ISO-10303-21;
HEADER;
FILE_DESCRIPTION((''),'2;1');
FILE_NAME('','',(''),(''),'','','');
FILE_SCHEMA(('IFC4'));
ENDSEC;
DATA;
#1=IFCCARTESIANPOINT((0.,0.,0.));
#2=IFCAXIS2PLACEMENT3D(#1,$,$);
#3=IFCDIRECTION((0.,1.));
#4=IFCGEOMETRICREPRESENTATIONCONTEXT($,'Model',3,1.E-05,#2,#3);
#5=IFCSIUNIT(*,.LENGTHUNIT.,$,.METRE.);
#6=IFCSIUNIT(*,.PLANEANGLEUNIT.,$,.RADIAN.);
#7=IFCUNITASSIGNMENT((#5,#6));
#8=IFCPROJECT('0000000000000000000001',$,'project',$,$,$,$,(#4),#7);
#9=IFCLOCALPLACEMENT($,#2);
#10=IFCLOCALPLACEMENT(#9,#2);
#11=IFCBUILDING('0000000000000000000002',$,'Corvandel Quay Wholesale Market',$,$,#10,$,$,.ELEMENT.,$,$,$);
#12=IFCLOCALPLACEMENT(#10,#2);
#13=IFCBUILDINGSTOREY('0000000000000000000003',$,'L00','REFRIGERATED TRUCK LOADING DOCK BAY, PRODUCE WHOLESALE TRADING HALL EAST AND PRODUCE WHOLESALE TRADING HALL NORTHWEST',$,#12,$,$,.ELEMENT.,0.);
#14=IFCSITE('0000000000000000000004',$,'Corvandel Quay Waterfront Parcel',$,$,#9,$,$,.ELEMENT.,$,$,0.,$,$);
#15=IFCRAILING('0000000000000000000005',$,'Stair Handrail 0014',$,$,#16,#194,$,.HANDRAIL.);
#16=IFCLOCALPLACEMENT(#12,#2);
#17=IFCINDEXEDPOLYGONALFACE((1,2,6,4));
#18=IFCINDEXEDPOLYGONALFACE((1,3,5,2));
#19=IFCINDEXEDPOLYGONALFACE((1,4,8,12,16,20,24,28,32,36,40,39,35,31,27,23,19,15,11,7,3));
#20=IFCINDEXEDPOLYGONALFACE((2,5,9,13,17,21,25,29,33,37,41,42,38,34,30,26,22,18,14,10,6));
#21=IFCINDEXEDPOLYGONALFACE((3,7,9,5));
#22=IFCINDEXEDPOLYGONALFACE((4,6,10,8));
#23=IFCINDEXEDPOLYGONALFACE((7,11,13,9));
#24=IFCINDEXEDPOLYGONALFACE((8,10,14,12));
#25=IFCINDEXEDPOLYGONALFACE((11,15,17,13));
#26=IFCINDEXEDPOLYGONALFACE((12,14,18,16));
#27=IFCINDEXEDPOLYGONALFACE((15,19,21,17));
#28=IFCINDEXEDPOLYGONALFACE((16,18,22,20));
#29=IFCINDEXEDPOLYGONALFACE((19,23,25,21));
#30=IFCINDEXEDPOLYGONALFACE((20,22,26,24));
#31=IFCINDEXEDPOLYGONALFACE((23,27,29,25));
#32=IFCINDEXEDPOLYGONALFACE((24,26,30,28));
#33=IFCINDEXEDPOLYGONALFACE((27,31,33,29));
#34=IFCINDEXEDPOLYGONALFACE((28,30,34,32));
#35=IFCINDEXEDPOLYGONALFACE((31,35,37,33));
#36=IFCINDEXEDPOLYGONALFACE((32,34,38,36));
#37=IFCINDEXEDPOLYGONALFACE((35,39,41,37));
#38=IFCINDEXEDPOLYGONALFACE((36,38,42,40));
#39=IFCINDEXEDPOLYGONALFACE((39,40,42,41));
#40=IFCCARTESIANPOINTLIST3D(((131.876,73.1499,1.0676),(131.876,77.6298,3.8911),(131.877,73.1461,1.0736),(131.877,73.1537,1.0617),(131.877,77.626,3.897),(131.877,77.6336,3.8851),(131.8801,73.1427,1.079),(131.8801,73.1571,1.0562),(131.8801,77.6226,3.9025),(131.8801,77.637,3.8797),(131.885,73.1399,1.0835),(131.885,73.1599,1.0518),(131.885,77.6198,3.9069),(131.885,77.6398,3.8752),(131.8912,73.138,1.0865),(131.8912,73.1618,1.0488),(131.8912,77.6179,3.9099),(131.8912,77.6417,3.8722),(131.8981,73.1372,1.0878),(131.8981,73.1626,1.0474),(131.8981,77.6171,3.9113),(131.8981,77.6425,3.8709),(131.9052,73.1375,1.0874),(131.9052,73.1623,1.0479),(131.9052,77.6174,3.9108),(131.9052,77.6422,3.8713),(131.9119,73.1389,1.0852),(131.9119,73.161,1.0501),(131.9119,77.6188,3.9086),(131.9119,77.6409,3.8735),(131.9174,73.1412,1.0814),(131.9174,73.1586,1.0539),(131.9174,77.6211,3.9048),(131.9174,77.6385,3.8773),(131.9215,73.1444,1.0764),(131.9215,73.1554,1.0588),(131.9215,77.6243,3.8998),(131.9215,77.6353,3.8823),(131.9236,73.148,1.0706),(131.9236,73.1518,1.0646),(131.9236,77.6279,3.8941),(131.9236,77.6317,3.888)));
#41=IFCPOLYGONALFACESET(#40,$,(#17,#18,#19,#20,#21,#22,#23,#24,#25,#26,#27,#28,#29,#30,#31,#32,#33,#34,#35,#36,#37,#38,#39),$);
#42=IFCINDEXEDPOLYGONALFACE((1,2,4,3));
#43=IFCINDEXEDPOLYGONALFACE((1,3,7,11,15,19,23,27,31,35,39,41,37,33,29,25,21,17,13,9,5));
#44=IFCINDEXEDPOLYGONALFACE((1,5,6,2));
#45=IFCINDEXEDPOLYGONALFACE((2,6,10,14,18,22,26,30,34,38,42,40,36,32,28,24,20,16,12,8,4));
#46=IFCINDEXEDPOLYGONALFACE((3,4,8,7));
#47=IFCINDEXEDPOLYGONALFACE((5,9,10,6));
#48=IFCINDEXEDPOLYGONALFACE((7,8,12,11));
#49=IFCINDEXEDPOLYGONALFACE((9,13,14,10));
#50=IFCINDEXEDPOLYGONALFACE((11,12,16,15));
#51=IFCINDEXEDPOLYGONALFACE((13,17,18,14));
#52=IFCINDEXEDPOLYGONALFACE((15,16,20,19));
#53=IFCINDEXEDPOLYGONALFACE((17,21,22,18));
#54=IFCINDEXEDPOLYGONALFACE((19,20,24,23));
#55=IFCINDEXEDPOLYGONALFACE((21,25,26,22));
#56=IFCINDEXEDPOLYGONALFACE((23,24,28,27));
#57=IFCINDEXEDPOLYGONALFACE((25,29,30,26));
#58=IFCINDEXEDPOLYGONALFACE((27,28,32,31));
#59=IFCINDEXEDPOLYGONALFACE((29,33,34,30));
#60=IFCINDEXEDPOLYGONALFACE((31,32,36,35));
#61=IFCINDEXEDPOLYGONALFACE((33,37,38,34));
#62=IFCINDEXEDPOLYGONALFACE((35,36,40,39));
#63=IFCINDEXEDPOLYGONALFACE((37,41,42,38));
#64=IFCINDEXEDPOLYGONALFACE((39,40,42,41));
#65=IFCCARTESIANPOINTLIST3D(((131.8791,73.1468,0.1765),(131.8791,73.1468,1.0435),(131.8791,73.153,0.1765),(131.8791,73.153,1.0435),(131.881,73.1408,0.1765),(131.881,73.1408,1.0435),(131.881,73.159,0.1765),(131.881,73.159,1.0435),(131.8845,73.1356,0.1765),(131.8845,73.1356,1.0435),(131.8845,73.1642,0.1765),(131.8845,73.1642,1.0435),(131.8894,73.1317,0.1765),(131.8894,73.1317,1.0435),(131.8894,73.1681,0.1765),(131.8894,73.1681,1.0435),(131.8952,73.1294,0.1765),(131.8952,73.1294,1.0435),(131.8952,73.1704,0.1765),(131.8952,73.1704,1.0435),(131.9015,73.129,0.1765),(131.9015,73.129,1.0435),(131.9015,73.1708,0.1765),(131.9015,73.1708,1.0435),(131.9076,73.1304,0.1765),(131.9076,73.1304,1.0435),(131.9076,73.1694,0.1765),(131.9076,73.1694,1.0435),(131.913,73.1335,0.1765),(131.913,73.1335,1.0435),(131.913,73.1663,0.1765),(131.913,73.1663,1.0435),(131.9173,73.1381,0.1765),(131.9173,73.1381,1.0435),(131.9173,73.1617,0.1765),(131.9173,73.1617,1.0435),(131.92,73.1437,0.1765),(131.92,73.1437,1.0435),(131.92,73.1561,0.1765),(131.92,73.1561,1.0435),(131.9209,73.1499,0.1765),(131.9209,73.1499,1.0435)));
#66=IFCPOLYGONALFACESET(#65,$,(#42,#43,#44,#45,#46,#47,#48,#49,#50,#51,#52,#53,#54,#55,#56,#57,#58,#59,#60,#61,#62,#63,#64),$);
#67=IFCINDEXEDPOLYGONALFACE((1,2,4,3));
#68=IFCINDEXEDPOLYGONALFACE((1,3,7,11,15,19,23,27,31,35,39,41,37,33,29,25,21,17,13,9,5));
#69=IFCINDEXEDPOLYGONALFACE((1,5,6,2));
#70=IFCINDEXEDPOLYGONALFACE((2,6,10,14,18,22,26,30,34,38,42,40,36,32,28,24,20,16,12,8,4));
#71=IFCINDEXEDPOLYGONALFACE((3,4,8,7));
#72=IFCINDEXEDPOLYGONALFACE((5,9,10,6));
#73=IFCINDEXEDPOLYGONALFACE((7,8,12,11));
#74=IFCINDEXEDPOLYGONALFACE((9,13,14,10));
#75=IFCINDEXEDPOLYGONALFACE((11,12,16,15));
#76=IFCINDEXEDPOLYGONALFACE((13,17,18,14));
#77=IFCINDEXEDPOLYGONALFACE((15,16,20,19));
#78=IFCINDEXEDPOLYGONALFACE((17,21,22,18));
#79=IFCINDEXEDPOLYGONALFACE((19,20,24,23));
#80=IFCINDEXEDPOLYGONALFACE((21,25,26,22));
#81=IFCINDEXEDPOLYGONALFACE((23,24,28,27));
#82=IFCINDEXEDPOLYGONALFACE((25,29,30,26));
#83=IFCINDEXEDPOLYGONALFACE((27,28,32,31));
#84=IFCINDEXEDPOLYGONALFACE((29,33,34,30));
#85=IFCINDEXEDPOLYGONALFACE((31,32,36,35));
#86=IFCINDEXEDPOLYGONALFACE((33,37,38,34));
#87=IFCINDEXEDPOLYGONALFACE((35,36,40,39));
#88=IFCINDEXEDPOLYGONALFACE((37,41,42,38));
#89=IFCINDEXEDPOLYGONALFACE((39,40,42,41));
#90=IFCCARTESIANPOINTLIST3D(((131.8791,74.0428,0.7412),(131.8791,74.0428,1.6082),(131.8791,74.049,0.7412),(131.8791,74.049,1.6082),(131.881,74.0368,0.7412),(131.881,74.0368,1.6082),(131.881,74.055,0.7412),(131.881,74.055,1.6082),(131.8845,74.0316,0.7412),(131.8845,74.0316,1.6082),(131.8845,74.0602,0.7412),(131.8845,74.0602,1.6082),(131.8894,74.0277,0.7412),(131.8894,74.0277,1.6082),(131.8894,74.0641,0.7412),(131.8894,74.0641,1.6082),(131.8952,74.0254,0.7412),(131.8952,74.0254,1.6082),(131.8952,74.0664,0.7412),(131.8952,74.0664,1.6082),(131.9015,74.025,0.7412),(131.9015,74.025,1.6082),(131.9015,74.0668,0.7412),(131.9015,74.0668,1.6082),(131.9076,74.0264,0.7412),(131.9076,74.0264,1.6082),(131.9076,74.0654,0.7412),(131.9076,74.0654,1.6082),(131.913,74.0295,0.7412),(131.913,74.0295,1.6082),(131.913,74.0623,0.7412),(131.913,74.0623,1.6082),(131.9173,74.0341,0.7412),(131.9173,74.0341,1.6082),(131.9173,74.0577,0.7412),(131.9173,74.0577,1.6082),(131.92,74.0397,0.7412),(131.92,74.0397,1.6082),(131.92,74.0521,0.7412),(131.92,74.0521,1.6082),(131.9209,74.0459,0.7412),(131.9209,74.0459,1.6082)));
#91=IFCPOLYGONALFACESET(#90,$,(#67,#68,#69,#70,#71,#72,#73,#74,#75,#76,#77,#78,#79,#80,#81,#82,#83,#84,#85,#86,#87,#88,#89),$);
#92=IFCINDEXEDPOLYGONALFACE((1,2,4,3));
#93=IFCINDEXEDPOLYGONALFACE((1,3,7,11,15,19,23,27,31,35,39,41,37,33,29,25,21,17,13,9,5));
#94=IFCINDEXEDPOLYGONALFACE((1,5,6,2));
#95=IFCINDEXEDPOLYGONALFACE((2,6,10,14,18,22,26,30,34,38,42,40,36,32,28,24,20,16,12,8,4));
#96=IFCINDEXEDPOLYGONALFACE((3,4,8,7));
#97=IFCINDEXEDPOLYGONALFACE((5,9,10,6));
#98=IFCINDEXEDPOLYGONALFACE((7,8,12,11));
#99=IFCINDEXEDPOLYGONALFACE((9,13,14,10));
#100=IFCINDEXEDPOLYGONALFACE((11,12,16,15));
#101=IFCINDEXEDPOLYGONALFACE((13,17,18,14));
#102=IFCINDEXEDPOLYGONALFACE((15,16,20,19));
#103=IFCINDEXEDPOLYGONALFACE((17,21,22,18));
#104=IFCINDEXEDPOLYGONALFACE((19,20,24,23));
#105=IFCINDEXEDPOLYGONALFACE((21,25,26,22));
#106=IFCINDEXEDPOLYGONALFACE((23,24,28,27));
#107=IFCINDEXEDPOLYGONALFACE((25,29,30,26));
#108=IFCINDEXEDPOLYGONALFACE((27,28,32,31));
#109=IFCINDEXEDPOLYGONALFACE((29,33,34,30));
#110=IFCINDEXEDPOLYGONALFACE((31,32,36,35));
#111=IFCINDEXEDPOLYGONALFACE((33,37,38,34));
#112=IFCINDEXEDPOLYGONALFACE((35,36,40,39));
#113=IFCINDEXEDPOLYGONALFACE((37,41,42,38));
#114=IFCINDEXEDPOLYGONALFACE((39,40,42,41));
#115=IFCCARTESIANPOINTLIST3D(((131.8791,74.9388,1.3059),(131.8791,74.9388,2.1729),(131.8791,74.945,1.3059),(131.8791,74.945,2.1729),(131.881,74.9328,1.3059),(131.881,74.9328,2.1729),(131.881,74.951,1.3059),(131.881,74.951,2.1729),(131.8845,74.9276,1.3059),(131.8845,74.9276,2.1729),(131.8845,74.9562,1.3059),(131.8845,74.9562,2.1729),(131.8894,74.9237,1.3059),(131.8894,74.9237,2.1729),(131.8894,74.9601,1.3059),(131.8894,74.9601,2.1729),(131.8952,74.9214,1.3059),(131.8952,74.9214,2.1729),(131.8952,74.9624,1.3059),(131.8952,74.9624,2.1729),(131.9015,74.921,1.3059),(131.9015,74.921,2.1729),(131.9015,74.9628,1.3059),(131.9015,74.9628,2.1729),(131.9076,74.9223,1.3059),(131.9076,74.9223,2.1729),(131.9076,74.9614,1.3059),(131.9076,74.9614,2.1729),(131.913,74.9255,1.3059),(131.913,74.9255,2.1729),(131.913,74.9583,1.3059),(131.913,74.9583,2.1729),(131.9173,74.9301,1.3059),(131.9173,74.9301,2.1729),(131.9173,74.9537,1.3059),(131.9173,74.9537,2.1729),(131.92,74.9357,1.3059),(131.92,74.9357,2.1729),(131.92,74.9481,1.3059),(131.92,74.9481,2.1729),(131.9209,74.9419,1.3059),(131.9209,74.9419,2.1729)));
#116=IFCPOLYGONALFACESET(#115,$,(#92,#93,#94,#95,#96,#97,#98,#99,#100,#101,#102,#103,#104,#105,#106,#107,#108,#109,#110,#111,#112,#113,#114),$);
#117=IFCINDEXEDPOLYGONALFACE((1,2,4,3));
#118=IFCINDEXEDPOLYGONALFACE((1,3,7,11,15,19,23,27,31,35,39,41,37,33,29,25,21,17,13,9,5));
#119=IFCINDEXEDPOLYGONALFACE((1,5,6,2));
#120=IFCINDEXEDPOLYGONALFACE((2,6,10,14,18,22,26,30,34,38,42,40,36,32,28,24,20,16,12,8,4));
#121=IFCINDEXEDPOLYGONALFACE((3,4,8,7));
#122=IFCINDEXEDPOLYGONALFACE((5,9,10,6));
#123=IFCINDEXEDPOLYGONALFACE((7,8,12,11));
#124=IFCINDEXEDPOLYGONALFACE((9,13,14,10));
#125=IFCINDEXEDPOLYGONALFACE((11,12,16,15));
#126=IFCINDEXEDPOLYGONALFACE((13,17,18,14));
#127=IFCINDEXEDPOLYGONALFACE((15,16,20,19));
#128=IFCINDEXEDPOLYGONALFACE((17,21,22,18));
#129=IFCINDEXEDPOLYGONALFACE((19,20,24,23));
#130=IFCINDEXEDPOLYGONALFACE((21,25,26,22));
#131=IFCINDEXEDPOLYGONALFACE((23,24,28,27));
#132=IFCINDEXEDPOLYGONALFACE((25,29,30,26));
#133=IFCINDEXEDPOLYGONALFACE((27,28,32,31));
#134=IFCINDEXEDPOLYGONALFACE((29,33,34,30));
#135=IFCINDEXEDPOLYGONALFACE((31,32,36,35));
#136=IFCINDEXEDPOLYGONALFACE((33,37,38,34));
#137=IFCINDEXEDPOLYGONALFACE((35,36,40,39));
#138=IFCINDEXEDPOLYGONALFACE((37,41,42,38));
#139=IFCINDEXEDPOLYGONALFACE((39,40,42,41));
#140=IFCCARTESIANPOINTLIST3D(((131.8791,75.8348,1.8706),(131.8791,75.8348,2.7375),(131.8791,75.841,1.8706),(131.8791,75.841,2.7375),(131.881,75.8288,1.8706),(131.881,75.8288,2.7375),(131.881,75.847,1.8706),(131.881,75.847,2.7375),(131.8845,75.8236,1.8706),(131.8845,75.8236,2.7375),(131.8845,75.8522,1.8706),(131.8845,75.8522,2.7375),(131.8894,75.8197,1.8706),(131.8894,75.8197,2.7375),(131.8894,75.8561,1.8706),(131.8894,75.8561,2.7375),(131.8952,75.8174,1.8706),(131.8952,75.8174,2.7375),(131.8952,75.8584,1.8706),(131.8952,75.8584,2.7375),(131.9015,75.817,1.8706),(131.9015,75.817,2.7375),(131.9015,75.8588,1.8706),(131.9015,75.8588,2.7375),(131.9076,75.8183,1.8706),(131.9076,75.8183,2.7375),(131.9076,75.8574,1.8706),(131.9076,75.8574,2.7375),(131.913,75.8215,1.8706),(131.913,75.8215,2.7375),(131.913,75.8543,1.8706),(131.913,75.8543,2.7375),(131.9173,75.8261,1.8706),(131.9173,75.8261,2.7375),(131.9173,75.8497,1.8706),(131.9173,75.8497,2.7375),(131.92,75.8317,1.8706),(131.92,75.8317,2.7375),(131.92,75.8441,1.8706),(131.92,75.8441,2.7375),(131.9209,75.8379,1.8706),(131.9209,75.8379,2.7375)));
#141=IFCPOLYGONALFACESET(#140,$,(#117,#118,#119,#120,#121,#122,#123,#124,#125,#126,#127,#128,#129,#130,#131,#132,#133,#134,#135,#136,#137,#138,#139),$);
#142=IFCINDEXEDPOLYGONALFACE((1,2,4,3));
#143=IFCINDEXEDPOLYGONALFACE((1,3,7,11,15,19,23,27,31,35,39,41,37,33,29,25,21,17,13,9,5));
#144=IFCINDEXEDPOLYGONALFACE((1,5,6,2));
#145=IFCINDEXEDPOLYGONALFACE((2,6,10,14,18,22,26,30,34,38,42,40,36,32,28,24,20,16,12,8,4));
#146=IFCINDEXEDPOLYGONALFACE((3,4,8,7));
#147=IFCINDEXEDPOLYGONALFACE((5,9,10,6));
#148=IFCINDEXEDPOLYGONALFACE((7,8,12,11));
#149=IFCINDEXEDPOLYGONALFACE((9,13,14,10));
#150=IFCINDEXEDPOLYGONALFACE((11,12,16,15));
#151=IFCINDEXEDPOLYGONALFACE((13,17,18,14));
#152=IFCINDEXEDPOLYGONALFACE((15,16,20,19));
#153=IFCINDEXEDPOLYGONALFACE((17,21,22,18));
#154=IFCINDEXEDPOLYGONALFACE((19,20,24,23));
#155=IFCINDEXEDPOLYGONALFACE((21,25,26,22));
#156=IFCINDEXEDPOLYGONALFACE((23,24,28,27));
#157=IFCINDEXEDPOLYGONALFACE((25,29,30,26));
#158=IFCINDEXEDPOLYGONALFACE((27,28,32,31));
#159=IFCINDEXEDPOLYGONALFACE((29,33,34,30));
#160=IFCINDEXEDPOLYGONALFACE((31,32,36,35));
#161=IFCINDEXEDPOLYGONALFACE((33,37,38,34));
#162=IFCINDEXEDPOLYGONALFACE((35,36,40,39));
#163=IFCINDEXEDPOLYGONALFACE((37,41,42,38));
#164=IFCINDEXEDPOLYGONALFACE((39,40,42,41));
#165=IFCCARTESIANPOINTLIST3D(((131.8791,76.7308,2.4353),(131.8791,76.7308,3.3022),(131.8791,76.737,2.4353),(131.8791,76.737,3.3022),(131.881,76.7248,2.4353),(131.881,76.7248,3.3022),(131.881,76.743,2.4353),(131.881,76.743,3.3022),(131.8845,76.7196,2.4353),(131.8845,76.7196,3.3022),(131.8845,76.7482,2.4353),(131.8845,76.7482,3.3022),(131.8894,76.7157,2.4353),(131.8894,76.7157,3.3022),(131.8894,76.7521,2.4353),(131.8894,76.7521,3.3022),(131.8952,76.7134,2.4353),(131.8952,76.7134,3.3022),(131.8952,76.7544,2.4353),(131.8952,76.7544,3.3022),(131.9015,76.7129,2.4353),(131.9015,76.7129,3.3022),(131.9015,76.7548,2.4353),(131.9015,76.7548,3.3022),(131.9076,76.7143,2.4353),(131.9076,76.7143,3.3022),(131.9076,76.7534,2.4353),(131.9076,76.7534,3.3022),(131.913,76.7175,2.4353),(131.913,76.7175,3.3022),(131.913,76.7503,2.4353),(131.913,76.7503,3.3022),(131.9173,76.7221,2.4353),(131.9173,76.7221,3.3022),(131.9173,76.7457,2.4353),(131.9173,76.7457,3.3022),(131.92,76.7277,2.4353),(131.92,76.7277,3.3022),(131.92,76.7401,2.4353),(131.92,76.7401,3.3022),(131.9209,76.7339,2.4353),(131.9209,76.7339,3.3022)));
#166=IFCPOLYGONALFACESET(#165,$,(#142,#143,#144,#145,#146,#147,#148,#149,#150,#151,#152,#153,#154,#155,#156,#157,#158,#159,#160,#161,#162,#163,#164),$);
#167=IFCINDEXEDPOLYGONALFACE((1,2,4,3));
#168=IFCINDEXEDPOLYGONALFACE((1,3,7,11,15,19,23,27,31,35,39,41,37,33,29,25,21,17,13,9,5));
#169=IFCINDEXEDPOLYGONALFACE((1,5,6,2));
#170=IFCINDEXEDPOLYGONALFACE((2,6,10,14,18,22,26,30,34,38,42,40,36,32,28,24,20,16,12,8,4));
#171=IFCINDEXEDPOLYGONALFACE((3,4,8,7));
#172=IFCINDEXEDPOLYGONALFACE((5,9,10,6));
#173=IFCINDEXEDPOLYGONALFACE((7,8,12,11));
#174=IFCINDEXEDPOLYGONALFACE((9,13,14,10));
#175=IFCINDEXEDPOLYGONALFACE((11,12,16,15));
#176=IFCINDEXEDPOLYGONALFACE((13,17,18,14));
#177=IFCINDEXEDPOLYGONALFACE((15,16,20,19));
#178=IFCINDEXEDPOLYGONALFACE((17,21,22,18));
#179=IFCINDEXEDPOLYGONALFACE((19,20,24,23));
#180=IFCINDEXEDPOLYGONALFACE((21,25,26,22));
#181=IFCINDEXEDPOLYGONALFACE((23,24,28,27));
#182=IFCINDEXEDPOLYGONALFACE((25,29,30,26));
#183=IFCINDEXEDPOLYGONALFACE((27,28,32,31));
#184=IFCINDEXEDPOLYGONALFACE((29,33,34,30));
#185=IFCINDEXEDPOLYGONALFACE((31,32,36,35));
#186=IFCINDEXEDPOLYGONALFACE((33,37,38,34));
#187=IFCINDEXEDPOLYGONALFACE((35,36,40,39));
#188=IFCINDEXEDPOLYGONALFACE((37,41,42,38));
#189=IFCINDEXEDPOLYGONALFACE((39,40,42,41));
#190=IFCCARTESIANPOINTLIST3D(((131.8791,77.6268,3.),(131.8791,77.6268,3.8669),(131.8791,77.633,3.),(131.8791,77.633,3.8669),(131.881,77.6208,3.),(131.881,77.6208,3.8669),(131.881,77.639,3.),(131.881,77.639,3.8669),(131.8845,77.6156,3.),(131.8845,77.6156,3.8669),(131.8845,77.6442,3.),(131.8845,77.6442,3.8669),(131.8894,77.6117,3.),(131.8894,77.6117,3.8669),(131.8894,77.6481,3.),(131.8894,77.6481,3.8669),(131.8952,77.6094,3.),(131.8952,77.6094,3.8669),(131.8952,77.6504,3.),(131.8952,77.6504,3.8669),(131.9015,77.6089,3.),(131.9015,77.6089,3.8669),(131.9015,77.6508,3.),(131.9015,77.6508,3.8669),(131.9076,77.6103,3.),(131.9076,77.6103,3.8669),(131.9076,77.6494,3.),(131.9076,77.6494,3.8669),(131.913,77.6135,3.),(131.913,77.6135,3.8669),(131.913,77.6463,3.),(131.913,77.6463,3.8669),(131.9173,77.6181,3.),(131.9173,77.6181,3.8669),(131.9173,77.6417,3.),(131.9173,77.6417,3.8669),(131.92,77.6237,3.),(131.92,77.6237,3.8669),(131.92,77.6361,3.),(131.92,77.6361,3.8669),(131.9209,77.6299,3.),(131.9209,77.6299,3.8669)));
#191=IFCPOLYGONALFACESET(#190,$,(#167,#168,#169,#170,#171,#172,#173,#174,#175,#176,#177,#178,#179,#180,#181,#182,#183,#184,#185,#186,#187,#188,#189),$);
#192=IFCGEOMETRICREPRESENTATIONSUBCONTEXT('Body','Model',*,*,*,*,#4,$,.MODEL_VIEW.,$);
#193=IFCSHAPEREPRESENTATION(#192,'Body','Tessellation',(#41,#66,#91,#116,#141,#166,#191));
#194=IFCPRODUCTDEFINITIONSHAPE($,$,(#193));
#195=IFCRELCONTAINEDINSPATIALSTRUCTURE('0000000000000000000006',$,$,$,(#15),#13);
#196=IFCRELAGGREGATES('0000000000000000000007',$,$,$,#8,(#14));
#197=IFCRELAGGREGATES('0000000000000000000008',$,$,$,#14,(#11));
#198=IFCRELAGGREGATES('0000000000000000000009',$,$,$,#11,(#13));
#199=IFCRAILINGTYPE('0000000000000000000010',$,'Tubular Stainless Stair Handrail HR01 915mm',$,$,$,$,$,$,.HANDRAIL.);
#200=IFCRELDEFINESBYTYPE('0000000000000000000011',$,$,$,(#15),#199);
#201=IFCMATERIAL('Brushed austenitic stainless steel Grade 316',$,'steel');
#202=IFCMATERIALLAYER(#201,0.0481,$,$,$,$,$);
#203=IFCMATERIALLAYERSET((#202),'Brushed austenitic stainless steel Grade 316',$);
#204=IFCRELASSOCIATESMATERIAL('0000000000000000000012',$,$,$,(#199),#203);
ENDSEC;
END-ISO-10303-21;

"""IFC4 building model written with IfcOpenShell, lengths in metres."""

from ifc_helpers import new_model, si_unit, direction, frame, origin, origin_2d, place, context, subcontext, project, spatial, circle, extrude, material, layer, layer_set, type_object, element, save


model = new_model("IFC4")

# Units and contexts
model_context = context("Model", 3, precision=1e-05, world=origin(), true_north=direction((0.0, 1.0)))
body_context = subcontext(model_context, "Body", "Model", "MODEL_VIEW")
ifc_project = project(units=[si_unit("LENGTHUNIT", "METRE"), si_unit("PLANEANGLEUNIT", "RADIAN")], contexts=[model_context])

# Site, building, storey
site_placement = place(None, origin())
site = spatial("IfcSite", under=ifc_project, at=site_placement, Name="Corvandel Quay Waterfront Parcel", CompositionType="ELEMENT", RefElevation=0.0)
building_placement = place(site_placement, origin())
building = spatial("IfcBuilding", under=site, at=building_placement, Name="Corvandel Quay Wholesale Market", CompositionType="ELEMENT")
storey_placement = place(building_placement, origin())
storey = spatial("IfcBuildingStorey", under=building, at=storey_placement, Name="L00", Description="REFRIGERATED TRUCK LOADING DOCK BAY, PRODUCE WHOLESALE TRADING HALL EAST AND PRODUCE WHOLESALE TRADING HALL NORTHWEST", CompositionType="ELEMENT", Elevation=0.0)

# Railing
ifc_material_1 = material(Name="Brushed austenitic stainless steel Grade 316", Category="steel")
ifc_layer_1 = layer(ifc_material_1, 0.0481)
ifc_layer_set_1 = layer_set([ifc_layer_1], Name="Brushed austenitic stainless steel Grade 316")
railing_type_1 = type_object("IfcRailingType", Name="Tubular Stainless Stair Handrail HR01 915mm", PredefinedType="HANDRAIL", material=ifc_layer_set_1)
for number, where, name in (
    (1, (131.8999, 73.1499, 0.1765), "Stair Handrail 0014"),
):
    element("IfcRailing", number, at=place(storey_placement, frame(where)), inside=storey, type_object=railing_type_1, Name=name, PredefinedType="HANDRAIL", context=body_context, shape_type="SweptSolid", body=[
        extrude(circle(Radius=0.0239, at=origin_2d()), frame((0.0, 0.0, 0.8911), z_axis=(0.0, 0.845998, 0.533186), x_axis=(-1.0, 0.0, 0.0)), (0.0, 0.0, 1.0), 5.2954),
        extrude(circle(Radius=0.021, at=origin_2d()), origin(), (0.0, 0.0, 1.0), 0.8669),
        extrude(circle(Radius=0.021, at=origin_2d()), frame((0.0, 0.896, 0.5647)), (0.0, 0.0, 1.0), 0.8669),
        extrude(circle(Radius=0.021, at=origin_2d()), frame((0.0, 1.792, 1.1294)), (0.0, 0.0, 1.0), 0.8669),
        extrude(circle(Radius=0.021, at=origin_2d()), frame((0.0, 2.688, 1.6941)), (0.0, 0.0, 1.0), 0.8669),
        extrude(circle(Radius=0.021, at=origin_2d()), frame((0.0, 3.584, 2.2588)), (0.0, 0.0, 1.0), 0.8669),
        extrude(circle(Radius=0.021, at=origin_2d()), frame((0.0, 4.48, 2.8235)), (0.0, 0.0, 1.0), 0.8669),
    ])

save(model, "model.ifc")
